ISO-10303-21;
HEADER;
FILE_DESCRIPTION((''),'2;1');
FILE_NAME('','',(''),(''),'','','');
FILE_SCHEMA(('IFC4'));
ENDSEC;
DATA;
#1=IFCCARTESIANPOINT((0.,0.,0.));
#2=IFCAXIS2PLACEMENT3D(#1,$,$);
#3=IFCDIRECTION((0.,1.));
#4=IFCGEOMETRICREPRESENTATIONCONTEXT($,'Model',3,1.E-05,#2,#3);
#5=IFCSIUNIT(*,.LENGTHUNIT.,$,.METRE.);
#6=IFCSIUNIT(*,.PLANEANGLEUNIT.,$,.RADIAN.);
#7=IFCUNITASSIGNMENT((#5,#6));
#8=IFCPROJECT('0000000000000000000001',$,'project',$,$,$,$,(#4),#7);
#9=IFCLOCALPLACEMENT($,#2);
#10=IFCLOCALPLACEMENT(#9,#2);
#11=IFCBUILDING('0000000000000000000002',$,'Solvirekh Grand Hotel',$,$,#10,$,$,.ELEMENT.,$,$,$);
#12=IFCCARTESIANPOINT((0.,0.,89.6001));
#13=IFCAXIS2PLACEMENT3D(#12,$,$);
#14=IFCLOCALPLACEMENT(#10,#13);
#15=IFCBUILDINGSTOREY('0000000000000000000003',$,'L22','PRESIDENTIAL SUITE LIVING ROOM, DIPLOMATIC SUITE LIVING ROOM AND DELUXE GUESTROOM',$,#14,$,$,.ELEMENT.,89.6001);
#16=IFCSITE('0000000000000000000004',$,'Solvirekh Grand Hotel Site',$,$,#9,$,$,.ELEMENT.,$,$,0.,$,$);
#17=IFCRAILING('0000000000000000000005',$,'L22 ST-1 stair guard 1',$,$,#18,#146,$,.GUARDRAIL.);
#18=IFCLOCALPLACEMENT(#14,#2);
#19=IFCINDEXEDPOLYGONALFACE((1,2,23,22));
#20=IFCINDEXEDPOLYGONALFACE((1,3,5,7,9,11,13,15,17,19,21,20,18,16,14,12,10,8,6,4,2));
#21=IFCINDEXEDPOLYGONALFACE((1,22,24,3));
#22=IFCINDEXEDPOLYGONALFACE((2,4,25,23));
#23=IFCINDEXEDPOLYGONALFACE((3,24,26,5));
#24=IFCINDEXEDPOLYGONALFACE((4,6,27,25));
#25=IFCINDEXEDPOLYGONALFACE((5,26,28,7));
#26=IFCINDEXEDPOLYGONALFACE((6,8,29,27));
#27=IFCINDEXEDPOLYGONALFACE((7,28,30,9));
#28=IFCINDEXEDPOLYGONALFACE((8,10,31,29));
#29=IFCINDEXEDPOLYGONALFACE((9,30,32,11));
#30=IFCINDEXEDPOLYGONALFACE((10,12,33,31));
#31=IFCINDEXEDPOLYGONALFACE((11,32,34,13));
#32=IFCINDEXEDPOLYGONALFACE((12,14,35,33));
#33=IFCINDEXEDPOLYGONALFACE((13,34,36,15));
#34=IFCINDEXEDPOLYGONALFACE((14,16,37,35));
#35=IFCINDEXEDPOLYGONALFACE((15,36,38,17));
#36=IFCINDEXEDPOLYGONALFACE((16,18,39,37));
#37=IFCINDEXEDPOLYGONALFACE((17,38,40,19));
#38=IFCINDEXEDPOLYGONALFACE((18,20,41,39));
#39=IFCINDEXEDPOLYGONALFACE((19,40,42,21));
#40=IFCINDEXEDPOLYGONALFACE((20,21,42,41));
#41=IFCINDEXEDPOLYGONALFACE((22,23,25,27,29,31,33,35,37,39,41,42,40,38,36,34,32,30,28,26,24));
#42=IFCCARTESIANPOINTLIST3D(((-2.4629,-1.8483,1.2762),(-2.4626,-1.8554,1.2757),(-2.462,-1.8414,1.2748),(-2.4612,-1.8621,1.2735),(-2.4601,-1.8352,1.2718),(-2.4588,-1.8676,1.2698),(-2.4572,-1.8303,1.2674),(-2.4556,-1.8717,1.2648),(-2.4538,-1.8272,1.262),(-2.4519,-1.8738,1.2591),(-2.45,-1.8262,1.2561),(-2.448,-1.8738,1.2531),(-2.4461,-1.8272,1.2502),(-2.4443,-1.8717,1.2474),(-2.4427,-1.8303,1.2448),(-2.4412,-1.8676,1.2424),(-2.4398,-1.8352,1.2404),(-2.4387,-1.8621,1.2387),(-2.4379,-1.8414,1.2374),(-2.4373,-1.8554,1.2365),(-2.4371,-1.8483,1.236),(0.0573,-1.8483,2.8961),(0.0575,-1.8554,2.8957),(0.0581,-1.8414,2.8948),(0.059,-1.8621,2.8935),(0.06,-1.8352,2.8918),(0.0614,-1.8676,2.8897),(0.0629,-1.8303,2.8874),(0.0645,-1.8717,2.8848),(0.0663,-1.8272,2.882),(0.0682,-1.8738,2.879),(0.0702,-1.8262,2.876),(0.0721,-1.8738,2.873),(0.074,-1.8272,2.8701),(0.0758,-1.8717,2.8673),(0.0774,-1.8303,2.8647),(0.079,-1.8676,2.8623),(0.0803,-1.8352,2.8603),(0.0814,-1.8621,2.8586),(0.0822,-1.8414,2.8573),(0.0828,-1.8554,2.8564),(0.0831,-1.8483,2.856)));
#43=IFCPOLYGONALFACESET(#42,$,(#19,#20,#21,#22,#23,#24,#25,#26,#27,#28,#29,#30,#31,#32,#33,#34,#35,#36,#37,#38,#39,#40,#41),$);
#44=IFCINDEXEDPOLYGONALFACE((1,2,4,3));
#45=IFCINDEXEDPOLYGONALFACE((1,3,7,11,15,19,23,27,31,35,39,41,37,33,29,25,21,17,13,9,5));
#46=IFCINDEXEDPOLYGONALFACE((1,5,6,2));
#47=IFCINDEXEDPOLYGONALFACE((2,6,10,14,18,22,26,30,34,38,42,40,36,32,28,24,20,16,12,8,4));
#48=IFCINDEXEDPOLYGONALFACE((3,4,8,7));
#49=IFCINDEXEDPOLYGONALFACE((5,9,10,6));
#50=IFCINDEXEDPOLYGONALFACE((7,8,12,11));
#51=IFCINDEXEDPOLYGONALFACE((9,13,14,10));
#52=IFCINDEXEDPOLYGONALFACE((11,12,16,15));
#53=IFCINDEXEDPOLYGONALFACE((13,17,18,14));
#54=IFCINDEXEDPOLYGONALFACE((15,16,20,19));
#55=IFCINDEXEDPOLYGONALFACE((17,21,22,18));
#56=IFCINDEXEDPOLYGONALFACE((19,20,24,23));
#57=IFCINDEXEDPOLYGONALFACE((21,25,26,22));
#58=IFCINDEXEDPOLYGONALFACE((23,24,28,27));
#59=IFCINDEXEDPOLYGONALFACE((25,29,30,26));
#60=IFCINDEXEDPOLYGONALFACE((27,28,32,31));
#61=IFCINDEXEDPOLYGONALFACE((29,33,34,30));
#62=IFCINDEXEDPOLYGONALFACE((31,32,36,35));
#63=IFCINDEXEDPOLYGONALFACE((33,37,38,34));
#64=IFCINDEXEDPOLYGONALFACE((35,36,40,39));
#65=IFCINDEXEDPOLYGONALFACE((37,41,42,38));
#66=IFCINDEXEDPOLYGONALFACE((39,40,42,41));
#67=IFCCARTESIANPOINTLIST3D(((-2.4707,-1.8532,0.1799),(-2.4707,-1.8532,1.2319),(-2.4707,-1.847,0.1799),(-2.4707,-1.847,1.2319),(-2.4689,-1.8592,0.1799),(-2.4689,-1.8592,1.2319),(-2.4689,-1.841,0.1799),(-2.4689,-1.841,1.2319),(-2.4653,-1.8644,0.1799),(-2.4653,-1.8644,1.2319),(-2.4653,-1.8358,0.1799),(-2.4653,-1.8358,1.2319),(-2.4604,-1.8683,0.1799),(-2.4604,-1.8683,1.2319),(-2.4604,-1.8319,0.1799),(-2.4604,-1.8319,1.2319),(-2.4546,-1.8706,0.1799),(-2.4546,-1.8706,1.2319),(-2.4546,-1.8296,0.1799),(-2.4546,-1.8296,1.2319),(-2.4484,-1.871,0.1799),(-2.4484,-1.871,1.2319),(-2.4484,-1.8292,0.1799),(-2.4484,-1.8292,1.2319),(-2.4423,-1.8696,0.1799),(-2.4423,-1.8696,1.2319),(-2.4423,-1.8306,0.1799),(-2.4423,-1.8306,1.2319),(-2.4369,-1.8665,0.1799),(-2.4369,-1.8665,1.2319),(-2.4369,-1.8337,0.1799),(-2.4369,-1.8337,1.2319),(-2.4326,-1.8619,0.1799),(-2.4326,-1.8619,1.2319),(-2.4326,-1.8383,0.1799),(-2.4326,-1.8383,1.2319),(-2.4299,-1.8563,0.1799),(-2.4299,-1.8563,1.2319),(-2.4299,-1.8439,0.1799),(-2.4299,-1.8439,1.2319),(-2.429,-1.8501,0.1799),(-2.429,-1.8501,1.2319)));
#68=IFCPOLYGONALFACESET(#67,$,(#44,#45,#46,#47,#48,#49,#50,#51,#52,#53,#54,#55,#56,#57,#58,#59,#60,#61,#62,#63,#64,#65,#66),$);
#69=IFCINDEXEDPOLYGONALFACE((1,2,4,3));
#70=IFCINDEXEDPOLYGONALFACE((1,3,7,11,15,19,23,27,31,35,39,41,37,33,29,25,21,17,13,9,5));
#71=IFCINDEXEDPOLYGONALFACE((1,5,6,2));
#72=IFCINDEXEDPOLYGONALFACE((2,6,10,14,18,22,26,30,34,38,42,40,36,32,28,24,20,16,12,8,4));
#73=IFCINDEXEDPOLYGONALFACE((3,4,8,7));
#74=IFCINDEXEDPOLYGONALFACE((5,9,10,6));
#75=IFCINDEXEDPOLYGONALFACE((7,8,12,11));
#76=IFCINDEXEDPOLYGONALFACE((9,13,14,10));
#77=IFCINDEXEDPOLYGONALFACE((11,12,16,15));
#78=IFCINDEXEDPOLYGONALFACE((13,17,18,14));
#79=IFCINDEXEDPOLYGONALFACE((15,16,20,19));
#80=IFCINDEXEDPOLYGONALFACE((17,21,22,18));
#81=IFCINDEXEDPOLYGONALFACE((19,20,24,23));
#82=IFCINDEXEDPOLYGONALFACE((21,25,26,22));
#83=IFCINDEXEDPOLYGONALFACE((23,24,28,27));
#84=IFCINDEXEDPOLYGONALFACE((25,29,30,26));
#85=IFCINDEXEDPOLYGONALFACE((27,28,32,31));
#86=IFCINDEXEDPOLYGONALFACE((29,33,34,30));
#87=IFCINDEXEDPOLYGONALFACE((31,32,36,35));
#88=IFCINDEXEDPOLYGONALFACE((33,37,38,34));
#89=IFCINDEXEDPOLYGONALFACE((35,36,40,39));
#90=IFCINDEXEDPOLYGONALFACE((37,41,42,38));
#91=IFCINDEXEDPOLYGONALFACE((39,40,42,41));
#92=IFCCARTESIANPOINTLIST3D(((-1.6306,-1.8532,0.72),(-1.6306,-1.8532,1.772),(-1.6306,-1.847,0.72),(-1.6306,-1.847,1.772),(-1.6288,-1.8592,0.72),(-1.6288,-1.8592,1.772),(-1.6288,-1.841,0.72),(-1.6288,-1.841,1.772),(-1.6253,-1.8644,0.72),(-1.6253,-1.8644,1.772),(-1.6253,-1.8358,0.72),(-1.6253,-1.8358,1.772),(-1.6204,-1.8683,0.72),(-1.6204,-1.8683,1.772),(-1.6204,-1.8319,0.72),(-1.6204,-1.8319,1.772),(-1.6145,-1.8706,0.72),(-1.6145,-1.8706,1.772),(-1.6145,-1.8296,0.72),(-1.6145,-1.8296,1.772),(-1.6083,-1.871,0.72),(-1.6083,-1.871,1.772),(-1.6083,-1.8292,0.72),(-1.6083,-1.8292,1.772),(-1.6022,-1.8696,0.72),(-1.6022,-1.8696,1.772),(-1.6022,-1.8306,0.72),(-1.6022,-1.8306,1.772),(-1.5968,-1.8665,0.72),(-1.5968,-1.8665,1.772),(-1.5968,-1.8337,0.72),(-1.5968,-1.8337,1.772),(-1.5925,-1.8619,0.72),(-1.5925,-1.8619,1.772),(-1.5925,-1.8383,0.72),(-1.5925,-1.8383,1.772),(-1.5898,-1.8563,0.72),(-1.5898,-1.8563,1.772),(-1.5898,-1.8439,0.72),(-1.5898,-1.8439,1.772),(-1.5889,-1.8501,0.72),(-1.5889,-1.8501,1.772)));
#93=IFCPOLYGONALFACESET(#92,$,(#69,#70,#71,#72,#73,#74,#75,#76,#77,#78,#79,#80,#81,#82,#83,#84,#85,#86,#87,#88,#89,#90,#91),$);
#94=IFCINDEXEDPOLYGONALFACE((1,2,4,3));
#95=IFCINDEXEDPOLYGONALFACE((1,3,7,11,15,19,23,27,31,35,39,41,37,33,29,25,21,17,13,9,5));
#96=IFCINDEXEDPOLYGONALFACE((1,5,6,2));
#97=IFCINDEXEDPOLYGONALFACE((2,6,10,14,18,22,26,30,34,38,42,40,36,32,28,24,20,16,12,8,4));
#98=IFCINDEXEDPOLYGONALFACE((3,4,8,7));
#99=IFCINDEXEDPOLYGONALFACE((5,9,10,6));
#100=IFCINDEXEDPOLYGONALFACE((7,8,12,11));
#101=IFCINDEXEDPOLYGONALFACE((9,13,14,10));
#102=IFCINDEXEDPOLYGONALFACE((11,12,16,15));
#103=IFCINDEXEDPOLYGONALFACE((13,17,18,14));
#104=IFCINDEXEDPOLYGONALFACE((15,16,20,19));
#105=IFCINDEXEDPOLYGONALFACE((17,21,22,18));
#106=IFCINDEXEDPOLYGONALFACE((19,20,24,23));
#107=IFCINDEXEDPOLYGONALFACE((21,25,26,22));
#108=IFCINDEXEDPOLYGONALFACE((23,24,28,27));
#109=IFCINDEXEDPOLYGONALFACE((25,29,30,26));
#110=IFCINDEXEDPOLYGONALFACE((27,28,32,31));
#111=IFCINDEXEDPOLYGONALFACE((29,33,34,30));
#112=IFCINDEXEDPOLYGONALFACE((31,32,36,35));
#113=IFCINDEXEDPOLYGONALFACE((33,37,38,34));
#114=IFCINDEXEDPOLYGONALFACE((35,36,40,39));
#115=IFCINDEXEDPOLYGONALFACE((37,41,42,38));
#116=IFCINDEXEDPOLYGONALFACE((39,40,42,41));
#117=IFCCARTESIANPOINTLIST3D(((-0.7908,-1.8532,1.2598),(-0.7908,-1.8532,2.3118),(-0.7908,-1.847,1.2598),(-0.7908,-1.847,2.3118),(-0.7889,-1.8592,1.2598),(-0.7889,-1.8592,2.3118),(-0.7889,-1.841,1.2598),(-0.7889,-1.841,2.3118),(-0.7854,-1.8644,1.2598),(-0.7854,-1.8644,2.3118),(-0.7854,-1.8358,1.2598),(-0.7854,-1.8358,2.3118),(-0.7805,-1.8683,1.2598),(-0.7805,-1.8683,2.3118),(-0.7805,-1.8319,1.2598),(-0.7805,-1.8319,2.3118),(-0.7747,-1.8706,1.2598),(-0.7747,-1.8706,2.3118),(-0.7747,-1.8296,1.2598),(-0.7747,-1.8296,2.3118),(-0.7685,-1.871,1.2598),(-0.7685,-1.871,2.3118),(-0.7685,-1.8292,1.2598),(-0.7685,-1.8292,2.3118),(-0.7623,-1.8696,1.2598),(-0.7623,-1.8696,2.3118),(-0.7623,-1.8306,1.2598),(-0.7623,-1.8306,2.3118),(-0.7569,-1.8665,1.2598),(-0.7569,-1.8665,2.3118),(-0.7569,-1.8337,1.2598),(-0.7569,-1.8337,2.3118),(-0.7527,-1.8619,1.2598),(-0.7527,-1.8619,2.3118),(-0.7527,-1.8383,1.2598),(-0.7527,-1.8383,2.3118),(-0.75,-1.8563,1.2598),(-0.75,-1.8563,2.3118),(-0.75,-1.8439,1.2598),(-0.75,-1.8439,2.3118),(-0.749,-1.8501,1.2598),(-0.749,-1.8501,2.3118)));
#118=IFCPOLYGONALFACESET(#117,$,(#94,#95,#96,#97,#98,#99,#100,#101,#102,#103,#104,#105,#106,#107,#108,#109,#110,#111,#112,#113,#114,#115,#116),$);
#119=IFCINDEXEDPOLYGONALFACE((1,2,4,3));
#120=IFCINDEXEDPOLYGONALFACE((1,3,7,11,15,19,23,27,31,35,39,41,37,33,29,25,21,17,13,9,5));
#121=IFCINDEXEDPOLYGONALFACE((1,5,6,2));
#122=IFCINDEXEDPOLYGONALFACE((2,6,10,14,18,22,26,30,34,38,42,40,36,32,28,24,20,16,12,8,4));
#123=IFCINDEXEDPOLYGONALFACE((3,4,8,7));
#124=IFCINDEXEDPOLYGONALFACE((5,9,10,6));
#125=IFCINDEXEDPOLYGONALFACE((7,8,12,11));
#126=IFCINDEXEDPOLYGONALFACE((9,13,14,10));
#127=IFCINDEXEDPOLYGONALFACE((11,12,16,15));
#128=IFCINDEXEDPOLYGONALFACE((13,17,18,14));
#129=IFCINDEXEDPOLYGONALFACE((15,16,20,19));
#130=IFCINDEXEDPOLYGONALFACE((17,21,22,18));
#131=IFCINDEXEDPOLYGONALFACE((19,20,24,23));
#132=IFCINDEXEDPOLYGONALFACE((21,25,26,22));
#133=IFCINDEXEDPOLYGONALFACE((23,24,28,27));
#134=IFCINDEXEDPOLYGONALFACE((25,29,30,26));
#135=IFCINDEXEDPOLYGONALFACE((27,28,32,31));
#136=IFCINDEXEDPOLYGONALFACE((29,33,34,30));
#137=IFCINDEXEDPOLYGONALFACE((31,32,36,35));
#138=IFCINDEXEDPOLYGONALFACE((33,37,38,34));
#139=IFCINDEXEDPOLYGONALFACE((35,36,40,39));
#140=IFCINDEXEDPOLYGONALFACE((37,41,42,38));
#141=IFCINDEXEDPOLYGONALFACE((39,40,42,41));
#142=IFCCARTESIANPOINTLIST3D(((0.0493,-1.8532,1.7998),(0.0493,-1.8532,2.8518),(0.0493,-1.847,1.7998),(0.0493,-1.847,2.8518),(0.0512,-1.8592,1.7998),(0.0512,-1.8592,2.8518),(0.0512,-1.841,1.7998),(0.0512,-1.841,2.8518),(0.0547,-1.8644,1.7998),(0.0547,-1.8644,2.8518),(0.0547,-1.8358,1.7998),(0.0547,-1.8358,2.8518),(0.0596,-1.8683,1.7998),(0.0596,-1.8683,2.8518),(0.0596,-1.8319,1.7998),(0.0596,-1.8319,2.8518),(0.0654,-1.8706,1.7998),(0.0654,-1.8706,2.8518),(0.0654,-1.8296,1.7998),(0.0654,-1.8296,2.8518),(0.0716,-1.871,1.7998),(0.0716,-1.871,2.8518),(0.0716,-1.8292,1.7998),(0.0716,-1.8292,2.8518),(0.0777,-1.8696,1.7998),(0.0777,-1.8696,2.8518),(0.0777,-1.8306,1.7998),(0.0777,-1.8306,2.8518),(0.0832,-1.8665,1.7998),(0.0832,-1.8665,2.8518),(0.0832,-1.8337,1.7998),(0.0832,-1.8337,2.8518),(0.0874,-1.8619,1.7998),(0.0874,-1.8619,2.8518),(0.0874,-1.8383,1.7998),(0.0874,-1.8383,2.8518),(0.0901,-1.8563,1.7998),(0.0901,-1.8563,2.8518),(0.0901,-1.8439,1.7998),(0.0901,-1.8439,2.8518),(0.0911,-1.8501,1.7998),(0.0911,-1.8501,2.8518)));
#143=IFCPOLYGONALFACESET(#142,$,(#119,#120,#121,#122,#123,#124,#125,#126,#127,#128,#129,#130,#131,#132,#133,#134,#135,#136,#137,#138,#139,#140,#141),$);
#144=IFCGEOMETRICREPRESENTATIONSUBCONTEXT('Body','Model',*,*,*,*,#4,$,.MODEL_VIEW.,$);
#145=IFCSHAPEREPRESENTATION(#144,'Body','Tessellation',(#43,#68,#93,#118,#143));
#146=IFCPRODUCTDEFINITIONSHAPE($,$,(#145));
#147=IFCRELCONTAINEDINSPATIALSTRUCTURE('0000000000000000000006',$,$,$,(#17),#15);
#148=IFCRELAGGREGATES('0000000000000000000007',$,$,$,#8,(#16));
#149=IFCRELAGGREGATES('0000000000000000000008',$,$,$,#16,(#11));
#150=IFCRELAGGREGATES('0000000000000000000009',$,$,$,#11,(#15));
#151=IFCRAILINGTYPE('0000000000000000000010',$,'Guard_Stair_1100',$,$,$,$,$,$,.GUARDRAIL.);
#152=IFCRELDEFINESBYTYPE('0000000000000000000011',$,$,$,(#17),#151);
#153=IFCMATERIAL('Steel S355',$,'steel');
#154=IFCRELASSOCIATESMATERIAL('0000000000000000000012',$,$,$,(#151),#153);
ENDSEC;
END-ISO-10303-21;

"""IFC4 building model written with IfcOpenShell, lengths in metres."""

from ifc_helpers import new_model, si_unit, direction, frame, origin, origin_2d, place, context, subcontext, project, spatial, circle, extrude, material, type_object, element, save


model = new_model("IFC4")

# Units and contexts
model_context = context("Model", 3, precision=1e-05, world=origin(), true_north=direction((0.0, 1.0)))
body_context = subcontext(model_context, "Body", "Model", "MODEL_VIEW")
ifc_project = project(units=[si_unit("LENGTHUNIT", "METRE"), si_unit("PLANEANGLEUNIT", "RADIAN")], contexts=[model_context])

# Site, building, storey
site_placement = place(None, origin())
site = spatial("IfcSite", under=ifc_project, at=site_placement, Name="Solvirekh Grand Hotel Site", CompositionType="ELEMENT", RefElevation=0.0)
building_placement = place(site_placement, origin())
building = spatial("IfcBuilding", under=site, at=building_placement, Name="Solvirekh Grand Hotel", CompositionType="ELEMENT")
storey_placement = place(building_placement, frame((0.0, 0.0, 89.6001)))
storey = spatial("IfcBuildingStorey", under=building, at=storey_placement, Name="L22", Description="PRESIDENTIAL SUITE LIVING ROOM, DIPLOMATIC SUITE LIVING ROOM AND DELUXE GUESTROOM", CompositionType="ELEMENT", Elevation=89.6001)

# Railing
ifc_material_1 = material(Name="Steel S355", Category="steel")
railing_type_1 = type_object("IfcRailingType", Name="Guard_Stair_1100", PredefinedType="GUARDRAIL", material=ifc_material_1)
railing_1_placement = place(storey_placement, frame((-2.45, -1.8501, 0.1799)))
element("IfcRailing", 1, at=railing_1_placement, inside=storey, type_object=railing_type_1, Name="L22 ST-1 stair guard 1", PredefinedType="GUARDRAIL", context=body_context, shape_type="SweptSolid", body=[
    extrude(circle(Radius=0.0239, at=origin_2d()), frame((0.0, 0.0, 1.0762), z_axis=(0.8412, 0.0, 0.540725), x_axis=(0.0, 1.0, 0.0)), (0.0, 0.0, 1.0), 2.9958),
    extrude(circle(Radius=0.021, at=origin_2d()), origin(), (0.0, 0.0, 1.0), 1.052),
    extrude(circle(Radius=0.021, at=origin_2d()), frame((0.8401, 0.0, 0.54)), (0.0, 0.0, 1.0), 1.052),
    extrude(circle(Radius=0.021, at=origin_2d()), frame((1.6799, 0.0, 1.0798)), (0.0, 0.0, 1.0), 1.052),
    extrude(circle(Radius=0.021, at=origin_2d()), frame((2.52, 0.0, 1.6199)), (0.0, 0.0, 1.0), 1.052),
])

save(model, "model.ifc")
